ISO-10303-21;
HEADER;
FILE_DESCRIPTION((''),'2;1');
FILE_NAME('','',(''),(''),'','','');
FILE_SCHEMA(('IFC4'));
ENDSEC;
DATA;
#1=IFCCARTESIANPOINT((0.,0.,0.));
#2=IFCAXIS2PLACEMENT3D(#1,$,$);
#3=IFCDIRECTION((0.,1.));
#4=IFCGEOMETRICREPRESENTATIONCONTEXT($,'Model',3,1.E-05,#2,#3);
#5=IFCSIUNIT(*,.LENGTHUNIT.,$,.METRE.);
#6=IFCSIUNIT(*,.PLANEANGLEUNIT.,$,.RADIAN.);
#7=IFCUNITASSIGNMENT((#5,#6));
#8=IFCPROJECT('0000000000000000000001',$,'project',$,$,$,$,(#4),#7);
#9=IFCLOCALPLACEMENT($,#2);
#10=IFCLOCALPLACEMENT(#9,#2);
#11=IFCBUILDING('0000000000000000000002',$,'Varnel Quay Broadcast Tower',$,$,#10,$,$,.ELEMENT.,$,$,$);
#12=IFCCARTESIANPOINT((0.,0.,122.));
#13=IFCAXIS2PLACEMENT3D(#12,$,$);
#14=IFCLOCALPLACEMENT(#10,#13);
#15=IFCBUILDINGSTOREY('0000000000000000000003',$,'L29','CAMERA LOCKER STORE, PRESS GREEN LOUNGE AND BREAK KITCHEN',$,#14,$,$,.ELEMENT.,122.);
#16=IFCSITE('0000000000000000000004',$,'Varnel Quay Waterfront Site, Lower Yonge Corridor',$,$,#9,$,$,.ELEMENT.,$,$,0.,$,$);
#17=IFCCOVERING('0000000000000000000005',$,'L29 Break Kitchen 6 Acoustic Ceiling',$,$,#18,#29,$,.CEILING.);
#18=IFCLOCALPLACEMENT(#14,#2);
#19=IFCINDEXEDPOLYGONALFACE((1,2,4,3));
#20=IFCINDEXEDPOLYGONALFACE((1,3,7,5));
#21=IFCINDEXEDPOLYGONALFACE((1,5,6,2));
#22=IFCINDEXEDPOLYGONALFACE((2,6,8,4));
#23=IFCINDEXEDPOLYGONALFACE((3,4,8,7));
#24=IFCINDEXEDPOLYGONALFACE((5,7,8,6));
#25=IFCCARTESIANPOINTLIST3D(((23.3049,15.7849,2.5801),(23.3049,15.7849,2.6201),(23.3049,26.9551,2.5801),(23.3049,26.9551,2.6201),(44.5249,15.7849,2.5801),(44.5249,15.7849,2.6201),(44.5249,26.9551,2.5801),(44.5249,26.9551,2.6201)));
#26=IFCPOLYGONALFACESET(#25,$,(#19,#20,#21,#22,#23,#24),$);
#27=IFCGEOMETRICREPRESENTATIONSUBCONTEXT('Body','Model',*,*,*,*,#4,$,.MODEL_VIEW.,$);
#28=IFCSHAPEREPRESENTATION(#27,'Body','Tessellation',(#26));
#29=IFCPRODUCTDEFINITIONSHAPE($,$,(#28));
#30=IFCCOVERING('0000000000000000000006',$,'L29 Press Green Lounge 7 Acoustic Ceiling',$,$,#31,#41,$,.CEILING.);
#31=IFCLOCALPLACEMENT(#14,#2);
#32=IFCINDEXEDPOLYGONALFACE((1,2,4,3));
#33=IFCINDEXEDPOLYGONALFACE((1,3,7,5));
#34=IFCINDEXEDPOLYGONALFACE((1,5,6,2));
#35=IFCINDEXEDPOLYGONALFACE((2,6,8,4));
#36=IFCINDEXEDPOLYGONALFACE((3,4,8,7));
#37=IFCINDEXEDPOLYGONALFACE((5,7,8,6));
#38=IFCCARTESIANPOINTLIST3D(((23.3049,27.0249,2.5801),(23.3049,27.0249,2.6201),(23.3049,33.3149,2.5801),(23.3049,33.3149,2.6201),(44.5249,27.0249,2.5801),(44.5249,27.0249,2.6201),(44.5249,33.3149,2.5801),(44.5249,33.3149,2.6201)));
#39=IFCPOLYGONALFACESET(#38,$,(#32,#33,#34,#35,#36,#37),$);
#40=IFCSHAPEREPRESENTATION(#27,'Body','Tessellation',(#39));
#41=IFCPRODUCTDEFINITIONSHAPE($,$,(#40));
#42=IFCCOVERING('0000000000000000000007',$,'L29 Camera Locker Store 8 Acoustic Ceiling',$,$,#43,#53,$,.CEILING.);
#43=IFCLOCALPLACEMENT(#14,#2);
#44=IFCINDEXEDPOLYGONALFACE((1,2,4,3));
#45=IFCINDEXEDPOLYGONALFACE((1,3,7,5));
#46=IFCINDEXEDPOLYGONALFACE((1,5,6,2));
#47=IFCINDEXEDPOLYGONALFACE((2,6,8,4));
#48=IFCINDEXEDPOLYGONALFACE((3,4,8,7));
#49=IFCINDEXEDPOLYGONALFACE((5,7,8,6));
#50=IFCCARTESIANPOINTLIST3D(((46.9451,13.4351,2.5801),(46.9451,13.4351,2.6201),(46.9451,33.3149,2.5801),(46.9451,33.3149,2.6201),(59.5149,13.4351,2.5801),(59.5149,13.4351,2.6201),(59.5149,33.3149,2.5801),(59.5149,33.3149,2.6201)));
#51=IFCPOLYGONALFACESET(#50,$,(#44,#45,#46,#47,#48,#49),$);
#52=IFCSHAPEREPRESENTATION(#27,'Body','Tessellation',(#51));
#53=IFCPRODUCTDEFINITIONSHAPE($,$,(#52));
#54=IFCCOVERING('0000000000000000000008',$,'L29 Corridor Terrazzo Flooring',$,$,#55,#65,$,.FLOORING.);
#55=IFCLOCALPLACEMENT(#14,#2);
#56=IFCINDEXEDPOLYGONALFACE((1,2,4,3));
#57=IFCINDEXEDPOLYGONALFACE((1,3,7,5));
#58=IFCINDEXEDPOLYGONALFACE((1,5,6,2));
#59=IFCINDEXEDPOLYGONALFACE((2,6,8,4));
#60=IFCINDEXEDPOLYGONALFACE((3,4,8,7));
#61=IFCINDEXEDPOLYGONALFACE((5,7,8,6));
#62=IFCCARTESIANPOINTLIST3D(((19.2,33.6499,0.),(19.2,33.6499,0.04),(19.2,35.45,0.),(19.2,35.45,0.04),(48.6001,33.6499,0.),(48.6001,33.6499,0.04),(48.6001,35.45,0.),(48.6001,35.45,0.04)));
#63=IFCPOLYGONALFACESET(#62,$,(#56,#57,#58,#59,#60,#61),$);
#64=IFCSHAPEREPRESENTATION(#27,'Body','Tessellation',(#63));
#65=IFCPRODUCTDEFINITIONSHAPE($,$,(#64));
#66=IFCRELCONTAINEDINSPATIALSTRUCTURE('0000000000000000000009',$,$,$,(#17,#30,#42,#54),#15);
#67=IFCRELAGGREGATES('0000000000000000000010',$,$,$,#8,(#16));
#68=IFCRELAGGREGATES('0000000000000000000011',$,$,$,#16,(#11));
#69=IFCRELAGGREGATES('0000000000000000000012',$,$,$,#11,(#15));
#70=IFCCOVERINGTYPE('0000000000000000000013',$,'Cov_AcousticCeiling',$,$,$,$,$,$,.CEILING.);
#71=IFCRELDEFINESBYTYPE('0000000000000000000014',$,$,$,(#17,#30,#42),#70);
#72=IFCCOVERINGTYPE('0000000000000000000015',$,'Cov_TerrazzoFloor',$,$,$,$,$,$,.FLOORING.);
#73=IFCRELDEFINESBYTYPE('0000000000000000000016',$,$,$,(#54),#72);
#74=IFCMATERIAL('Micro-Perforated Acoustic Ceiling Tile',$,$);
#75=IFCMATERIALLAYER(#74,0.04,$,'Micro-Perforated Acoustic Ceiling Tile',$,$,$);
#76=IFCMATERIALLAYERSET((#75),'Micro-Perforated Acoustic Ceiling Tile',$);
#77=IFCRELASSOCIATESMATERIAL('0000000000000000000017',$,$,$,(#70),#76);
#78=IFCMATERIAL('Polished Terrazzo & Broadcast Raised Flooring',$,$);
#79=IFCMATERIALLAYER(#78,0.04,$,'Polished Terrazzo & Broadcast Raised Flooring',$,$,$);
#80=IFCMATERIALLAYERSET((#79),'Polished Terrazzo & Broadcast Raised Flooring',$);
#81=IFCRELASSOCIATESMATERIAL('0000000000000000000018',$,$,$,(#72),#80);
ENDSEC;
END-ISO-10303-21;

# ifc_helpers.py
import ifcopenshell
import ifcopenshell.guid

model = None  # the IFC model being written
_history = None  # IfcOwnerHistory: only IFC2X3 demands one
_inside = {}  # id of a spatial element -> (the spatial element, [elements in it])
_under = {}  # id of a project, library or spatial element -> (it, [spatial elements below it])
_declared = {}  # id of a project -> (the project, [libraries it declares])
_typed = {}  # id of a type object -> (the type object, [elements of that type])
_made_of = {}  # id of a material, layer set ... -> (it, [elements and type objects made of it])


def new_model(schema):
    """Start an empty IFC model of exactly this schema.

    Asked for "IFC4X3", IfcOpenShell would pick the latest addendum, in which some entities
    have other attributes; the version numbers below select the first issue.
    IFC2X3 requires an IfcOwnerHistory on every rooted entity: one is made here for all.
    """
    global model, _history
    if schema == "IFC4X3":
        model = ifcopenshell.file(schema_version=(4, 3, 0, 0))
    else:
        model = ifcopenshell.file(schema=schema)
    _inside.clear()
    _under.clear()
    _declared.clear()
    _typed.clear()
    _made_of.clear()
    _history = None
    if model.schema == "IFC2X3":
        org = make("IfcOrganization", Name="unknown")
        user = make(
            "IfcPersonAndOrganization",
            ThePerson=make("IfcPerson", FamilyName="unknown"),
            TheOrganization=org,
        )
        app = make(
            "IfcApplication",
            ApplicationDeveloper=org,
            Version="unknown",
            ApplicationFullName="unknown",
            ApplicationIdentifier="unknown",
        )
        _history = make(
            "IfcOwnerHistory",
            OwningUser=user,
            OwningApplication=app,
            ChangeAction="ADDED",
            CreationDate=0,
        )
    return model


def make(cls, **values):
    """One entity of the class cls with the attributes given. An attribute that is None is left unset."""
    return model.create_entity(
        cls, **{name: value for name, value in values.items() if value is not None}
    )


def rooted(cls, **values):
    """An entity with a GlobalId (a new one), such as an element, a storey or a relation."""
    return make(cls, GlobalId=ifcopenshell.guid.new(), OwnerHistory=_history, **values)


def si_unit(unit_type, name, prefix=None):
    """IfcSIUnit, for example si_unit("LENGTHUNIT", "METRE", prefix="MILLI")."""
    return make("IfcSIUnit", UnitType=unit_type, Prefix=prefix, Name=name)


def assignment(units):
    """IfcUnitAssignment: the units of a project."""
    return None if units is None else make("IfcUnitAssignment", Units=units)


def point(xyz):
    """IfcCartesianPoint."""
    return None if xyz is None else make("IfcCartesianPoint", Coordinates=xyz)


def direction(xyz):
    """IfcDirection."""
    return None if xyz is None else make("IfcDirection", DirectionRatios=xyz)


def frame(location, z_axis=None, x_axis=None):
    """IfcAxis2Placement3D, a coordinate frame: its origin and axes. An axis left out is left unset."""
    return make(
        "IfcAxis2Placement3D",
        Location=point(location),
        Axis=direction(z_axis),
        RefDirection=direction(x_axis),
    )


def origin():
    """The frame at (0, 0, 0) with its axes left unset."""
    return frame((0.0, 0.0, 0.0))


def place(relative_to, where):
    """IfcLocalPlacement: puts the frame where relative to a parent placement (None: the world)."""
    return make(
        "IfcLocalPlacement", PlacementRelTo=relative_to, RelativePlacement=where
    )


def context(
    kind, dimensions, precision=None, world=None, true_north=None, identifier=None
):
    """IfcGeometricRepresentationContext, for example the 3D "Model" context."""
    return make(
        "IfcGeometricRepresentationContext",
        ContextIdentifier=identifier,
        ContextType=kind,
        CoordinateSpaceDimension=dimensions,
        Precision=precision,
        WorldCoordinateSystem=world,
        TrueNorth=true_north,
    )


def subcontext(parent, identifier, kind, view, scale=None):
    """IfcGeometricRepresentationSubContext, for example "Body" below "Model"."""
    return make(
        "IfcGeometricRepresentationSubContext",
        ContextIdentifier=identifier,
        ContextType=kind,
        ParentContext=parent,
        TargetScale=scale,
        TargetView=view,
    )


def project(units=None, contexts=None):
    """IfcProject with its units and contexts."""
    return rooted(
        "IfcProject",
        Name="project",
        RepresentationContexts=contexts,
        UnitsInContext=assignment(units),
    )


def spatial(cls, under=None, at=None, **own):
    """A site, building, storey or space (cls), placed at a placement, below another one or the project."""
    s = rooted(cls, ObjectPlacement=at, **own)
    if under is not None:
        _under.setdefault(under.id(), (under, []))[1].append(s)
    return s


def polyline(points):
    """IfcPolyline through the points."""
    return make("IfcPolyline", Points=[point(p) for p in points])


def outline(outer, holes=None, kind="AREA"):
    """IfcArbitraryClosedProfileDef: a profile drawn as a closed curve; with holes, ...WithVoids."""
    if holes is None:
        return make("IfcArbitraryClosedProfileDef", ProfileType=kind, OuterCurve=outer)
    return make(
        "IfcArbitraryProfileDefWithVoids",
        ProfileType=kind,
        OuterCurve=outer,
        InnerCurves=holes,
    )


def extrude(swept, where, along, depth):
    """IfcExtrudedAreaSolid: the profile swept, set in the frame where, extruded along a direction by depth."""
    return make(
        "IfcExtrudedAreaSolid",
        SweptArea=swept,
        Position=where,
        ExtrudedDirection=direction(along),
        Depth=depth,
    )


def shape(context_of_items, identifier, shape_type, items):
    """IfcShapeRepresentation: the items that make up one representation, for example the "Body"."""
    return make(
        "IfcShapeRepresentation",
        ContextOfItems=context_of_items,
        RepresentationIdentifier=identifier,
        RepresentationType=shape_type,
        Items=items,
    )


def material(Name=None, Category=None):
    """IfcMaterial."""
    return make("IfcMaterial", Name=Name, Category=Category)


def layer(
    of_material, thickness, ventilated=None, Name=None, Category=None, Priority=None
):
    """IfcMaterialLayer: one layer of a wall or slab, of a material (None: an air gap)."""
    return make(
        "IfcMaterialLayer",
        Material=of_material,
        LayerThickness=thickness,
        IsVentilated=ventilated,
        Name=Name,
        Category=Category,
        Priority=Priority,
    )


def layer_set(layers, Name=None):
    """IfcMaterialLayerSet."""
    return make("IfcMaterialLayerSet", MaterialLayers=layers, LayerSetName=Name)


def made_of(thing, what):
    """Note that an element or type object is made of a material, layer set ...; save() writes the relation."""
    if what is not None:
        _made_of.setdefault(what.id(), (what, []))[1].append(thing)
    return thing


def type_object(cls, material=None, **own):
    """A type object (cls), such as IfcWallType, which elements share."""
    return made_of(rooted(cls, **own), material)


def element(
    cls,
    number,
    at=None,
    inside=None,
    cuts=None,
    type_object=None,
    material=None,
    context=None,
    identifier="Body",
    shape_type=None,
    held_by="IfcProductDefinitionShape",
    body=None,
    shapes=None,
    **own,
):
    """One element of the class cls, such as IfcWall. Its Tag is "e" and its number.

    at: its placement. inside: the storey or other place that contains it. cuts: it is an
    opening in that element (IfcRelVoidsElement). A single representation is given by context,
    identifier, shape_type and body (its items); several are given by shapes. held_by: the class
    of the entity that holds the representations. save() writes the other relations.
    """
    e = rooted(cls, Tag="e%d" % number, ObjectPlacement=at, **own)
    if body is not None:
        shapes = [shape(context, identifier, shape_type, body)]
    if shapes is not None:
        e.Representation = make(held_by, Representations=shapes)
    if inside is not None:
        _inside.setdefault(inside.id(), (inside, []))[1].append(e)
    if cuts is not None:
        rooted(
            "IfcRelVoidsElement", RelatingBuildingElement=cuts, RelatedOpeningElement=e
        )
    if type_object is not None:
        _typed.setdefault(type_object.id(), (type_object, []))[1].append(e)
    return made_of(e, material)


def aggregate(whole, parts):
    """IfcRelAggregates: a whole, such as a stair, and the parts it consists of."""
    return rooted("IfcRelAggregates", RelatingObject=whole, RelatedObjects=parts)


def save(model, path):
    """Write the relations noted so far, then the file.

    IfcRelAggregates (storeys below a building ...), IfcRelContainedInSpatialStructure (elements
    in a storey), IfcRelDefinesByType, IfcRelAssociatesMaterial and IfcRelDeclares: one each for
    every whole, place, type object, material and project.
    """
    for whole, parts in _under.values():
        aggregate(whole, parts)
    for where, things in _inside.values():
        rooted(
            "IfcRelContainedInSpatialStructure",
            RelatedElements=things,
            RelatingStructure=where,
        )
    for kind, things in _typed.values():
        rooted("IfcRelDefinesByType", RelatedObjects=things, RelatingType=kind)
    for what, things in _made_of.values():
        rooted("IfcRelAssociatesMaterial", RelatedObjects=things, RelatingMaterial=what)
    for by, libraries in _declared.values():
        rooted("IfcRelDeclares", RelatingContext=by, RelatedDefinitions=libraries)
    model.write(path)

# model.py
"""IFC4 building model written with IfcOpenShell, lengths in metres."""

from ifc_helpers import new_model, si_unit, direction, frame, origin, place, context, subcontext, project, spatial, polyline, outline, extrude, material, layer, layer_set, type_object, element, save


model = new_model("IFC4")

# Units and contexts
model_context = context("Model", 3, precision=1e-05, world=origin(), true_north=direction((0.0, 1.0)))
body_context = subcontext(model_context, "Body", "Model", "MODEL_VIEW")
ifc_project = project(units=[si_unit("LENGTHUNIT", "METRE"), si_unit("PLANEANGLEUNIT", "RADIAN")], contexts=[model_context])

# Site, building, storey
site_placement = place(None, origin())
site = spatial("IfcSite", under=ifc_project, at=site_placement, Name="Varnel Quay Waterfront Site, Lower Yonge Corridor", CompositionType="ELEMENT", RefElevation=0.0)
building_placement = place(site_placement, origin())
building = spatial("IfcBuilding", under=site, at=building_placement, Name="Varnel Quay Broadcast Tower", CompositionType="ELEMENT")
storey_placement = place(building_placement, frame((0.0, 0.0, 122.0)))
storey = spatial("IfcBuildingStorey", under=building, at=storey_placement, Name="L29", Description="CAMERA LOCKER STORE, PRESS GREEN LOUNGE AND BREAK KITCHEN", CompositionType="ELEMENT", Elevation=122.0)

# Coverings
ifc_material_1 = material(Name="Micro-Perforated Acoustic Ceiling Tile")
ifc_layer_1 = layer(ifc_material_1, 0.04, Name="Micro-Perforated Acoustic Ceiling Tile")
ifc_layer_set_1 = layer_set([ifc_layer_1], Name="Micro-Perforated Acoustic Ceiling Tile")
covering_type_1 = type_object("IfcCoveringType", Name="Cov_AcousticCeiling", PredefinedType="CEILING", material=ifc_layer_set_1)
covering_1_placement = place(storey_placement, frame((0.0, 0.0, 2.5801)))
element("IfcCovering", 1, at=covering_1_placement, inside=storey, type_object=covering_type_1, Name="L29 Break Kitchen 6 Acoustic Ceiling", PredefinedType="CEILING", context=body_context, shape_type="SweptSolid", body=[
    extrude(outline(polyline([(23.3049, 15.7849), (44.5249, 15.7849), (44.5249, 26.9551), (23.3049, 26.9551), (23.3049, 15.7849)])), origin(), (0.0, 0.0, 1.0), 0.04),
])
covering_2_placement = place(storey_placement, frame((0.0, 0.0, 2.5801)))
element("IfcCovering", 2, at=covering_2_placement, inside=storey, type_object=covering_type_1, Name="L29 Press Green Lounge 7 Acoustic Ceiling", PredefinedType="CEILING", context=body_context, shape_type="SweptSolid", body=[
    extrude(outline(polyline([(23.3049, 27.0249), (44.5249, 27.0249), (44.5249, 33.3149), (23.3049, 33.3149), (23.3049, 27.0249)])), origin(), (0.0, 0.0, 1.0), 0.04),
])
covering_3_placement = place(storey_placement, frame((0.0, 0.0, 2.5801)))
element("IfcCovering", 3, at=covering_3_placement, inside=storey, type_object=covering_type_1, Name="L29 Camera Locker Store 8 Acoustic Ceiling", PredefinedType="CEILING", context=body_context, shape_type="SweptSolid", body=[
    extrude(outline(polyline([(46.9451, 13.4351), (59.5149, 13.4351), (59.5149, 33.3149), (46.9451, 33.3149), (46.9451, 13.4351)])), origin(), (0.0, 0.0, 1.0), 0.04),
])
ifc_material_2 = material(Name="Polished Terrazzo & Broadcast Raised Flooring")
ifc_layer_2 = layer(ifc_material_2, 0.04, Name="Polished Terrazzo & Broadcast Raised Flooring")
ifc_layer_set_2 = layer_set([ifc_layer_2], Name="Polished Terrazzo & Broadcast Raised Flooring")
covering_type_2 = type_object("IfcCoveringType", Name="Cov_TerrazzoFloor", PredefinedType="FLOORING", material=ifc_layer_set_2)
covering_4_placement = place(storey_placement, origin())
element("IfcCovering", 4, at=covering_4_placement, inside=storey, type_object=covering_type_2, Name="L29 Corridor Terrazzo Flooring", PredefinedType="FLOORING", context=body_context, shape_type="SweptSolid", body=[
    extrude(outline(polyline([(19.2, 33.6499), (48.6001, 33.6499), (48.6001, 35.45), (19.2, 35.45), (19.2, 33.6499)])), origin(), (0.0, 0.0, 1.0), 0.04),
])

save(model, "model.ifc")
